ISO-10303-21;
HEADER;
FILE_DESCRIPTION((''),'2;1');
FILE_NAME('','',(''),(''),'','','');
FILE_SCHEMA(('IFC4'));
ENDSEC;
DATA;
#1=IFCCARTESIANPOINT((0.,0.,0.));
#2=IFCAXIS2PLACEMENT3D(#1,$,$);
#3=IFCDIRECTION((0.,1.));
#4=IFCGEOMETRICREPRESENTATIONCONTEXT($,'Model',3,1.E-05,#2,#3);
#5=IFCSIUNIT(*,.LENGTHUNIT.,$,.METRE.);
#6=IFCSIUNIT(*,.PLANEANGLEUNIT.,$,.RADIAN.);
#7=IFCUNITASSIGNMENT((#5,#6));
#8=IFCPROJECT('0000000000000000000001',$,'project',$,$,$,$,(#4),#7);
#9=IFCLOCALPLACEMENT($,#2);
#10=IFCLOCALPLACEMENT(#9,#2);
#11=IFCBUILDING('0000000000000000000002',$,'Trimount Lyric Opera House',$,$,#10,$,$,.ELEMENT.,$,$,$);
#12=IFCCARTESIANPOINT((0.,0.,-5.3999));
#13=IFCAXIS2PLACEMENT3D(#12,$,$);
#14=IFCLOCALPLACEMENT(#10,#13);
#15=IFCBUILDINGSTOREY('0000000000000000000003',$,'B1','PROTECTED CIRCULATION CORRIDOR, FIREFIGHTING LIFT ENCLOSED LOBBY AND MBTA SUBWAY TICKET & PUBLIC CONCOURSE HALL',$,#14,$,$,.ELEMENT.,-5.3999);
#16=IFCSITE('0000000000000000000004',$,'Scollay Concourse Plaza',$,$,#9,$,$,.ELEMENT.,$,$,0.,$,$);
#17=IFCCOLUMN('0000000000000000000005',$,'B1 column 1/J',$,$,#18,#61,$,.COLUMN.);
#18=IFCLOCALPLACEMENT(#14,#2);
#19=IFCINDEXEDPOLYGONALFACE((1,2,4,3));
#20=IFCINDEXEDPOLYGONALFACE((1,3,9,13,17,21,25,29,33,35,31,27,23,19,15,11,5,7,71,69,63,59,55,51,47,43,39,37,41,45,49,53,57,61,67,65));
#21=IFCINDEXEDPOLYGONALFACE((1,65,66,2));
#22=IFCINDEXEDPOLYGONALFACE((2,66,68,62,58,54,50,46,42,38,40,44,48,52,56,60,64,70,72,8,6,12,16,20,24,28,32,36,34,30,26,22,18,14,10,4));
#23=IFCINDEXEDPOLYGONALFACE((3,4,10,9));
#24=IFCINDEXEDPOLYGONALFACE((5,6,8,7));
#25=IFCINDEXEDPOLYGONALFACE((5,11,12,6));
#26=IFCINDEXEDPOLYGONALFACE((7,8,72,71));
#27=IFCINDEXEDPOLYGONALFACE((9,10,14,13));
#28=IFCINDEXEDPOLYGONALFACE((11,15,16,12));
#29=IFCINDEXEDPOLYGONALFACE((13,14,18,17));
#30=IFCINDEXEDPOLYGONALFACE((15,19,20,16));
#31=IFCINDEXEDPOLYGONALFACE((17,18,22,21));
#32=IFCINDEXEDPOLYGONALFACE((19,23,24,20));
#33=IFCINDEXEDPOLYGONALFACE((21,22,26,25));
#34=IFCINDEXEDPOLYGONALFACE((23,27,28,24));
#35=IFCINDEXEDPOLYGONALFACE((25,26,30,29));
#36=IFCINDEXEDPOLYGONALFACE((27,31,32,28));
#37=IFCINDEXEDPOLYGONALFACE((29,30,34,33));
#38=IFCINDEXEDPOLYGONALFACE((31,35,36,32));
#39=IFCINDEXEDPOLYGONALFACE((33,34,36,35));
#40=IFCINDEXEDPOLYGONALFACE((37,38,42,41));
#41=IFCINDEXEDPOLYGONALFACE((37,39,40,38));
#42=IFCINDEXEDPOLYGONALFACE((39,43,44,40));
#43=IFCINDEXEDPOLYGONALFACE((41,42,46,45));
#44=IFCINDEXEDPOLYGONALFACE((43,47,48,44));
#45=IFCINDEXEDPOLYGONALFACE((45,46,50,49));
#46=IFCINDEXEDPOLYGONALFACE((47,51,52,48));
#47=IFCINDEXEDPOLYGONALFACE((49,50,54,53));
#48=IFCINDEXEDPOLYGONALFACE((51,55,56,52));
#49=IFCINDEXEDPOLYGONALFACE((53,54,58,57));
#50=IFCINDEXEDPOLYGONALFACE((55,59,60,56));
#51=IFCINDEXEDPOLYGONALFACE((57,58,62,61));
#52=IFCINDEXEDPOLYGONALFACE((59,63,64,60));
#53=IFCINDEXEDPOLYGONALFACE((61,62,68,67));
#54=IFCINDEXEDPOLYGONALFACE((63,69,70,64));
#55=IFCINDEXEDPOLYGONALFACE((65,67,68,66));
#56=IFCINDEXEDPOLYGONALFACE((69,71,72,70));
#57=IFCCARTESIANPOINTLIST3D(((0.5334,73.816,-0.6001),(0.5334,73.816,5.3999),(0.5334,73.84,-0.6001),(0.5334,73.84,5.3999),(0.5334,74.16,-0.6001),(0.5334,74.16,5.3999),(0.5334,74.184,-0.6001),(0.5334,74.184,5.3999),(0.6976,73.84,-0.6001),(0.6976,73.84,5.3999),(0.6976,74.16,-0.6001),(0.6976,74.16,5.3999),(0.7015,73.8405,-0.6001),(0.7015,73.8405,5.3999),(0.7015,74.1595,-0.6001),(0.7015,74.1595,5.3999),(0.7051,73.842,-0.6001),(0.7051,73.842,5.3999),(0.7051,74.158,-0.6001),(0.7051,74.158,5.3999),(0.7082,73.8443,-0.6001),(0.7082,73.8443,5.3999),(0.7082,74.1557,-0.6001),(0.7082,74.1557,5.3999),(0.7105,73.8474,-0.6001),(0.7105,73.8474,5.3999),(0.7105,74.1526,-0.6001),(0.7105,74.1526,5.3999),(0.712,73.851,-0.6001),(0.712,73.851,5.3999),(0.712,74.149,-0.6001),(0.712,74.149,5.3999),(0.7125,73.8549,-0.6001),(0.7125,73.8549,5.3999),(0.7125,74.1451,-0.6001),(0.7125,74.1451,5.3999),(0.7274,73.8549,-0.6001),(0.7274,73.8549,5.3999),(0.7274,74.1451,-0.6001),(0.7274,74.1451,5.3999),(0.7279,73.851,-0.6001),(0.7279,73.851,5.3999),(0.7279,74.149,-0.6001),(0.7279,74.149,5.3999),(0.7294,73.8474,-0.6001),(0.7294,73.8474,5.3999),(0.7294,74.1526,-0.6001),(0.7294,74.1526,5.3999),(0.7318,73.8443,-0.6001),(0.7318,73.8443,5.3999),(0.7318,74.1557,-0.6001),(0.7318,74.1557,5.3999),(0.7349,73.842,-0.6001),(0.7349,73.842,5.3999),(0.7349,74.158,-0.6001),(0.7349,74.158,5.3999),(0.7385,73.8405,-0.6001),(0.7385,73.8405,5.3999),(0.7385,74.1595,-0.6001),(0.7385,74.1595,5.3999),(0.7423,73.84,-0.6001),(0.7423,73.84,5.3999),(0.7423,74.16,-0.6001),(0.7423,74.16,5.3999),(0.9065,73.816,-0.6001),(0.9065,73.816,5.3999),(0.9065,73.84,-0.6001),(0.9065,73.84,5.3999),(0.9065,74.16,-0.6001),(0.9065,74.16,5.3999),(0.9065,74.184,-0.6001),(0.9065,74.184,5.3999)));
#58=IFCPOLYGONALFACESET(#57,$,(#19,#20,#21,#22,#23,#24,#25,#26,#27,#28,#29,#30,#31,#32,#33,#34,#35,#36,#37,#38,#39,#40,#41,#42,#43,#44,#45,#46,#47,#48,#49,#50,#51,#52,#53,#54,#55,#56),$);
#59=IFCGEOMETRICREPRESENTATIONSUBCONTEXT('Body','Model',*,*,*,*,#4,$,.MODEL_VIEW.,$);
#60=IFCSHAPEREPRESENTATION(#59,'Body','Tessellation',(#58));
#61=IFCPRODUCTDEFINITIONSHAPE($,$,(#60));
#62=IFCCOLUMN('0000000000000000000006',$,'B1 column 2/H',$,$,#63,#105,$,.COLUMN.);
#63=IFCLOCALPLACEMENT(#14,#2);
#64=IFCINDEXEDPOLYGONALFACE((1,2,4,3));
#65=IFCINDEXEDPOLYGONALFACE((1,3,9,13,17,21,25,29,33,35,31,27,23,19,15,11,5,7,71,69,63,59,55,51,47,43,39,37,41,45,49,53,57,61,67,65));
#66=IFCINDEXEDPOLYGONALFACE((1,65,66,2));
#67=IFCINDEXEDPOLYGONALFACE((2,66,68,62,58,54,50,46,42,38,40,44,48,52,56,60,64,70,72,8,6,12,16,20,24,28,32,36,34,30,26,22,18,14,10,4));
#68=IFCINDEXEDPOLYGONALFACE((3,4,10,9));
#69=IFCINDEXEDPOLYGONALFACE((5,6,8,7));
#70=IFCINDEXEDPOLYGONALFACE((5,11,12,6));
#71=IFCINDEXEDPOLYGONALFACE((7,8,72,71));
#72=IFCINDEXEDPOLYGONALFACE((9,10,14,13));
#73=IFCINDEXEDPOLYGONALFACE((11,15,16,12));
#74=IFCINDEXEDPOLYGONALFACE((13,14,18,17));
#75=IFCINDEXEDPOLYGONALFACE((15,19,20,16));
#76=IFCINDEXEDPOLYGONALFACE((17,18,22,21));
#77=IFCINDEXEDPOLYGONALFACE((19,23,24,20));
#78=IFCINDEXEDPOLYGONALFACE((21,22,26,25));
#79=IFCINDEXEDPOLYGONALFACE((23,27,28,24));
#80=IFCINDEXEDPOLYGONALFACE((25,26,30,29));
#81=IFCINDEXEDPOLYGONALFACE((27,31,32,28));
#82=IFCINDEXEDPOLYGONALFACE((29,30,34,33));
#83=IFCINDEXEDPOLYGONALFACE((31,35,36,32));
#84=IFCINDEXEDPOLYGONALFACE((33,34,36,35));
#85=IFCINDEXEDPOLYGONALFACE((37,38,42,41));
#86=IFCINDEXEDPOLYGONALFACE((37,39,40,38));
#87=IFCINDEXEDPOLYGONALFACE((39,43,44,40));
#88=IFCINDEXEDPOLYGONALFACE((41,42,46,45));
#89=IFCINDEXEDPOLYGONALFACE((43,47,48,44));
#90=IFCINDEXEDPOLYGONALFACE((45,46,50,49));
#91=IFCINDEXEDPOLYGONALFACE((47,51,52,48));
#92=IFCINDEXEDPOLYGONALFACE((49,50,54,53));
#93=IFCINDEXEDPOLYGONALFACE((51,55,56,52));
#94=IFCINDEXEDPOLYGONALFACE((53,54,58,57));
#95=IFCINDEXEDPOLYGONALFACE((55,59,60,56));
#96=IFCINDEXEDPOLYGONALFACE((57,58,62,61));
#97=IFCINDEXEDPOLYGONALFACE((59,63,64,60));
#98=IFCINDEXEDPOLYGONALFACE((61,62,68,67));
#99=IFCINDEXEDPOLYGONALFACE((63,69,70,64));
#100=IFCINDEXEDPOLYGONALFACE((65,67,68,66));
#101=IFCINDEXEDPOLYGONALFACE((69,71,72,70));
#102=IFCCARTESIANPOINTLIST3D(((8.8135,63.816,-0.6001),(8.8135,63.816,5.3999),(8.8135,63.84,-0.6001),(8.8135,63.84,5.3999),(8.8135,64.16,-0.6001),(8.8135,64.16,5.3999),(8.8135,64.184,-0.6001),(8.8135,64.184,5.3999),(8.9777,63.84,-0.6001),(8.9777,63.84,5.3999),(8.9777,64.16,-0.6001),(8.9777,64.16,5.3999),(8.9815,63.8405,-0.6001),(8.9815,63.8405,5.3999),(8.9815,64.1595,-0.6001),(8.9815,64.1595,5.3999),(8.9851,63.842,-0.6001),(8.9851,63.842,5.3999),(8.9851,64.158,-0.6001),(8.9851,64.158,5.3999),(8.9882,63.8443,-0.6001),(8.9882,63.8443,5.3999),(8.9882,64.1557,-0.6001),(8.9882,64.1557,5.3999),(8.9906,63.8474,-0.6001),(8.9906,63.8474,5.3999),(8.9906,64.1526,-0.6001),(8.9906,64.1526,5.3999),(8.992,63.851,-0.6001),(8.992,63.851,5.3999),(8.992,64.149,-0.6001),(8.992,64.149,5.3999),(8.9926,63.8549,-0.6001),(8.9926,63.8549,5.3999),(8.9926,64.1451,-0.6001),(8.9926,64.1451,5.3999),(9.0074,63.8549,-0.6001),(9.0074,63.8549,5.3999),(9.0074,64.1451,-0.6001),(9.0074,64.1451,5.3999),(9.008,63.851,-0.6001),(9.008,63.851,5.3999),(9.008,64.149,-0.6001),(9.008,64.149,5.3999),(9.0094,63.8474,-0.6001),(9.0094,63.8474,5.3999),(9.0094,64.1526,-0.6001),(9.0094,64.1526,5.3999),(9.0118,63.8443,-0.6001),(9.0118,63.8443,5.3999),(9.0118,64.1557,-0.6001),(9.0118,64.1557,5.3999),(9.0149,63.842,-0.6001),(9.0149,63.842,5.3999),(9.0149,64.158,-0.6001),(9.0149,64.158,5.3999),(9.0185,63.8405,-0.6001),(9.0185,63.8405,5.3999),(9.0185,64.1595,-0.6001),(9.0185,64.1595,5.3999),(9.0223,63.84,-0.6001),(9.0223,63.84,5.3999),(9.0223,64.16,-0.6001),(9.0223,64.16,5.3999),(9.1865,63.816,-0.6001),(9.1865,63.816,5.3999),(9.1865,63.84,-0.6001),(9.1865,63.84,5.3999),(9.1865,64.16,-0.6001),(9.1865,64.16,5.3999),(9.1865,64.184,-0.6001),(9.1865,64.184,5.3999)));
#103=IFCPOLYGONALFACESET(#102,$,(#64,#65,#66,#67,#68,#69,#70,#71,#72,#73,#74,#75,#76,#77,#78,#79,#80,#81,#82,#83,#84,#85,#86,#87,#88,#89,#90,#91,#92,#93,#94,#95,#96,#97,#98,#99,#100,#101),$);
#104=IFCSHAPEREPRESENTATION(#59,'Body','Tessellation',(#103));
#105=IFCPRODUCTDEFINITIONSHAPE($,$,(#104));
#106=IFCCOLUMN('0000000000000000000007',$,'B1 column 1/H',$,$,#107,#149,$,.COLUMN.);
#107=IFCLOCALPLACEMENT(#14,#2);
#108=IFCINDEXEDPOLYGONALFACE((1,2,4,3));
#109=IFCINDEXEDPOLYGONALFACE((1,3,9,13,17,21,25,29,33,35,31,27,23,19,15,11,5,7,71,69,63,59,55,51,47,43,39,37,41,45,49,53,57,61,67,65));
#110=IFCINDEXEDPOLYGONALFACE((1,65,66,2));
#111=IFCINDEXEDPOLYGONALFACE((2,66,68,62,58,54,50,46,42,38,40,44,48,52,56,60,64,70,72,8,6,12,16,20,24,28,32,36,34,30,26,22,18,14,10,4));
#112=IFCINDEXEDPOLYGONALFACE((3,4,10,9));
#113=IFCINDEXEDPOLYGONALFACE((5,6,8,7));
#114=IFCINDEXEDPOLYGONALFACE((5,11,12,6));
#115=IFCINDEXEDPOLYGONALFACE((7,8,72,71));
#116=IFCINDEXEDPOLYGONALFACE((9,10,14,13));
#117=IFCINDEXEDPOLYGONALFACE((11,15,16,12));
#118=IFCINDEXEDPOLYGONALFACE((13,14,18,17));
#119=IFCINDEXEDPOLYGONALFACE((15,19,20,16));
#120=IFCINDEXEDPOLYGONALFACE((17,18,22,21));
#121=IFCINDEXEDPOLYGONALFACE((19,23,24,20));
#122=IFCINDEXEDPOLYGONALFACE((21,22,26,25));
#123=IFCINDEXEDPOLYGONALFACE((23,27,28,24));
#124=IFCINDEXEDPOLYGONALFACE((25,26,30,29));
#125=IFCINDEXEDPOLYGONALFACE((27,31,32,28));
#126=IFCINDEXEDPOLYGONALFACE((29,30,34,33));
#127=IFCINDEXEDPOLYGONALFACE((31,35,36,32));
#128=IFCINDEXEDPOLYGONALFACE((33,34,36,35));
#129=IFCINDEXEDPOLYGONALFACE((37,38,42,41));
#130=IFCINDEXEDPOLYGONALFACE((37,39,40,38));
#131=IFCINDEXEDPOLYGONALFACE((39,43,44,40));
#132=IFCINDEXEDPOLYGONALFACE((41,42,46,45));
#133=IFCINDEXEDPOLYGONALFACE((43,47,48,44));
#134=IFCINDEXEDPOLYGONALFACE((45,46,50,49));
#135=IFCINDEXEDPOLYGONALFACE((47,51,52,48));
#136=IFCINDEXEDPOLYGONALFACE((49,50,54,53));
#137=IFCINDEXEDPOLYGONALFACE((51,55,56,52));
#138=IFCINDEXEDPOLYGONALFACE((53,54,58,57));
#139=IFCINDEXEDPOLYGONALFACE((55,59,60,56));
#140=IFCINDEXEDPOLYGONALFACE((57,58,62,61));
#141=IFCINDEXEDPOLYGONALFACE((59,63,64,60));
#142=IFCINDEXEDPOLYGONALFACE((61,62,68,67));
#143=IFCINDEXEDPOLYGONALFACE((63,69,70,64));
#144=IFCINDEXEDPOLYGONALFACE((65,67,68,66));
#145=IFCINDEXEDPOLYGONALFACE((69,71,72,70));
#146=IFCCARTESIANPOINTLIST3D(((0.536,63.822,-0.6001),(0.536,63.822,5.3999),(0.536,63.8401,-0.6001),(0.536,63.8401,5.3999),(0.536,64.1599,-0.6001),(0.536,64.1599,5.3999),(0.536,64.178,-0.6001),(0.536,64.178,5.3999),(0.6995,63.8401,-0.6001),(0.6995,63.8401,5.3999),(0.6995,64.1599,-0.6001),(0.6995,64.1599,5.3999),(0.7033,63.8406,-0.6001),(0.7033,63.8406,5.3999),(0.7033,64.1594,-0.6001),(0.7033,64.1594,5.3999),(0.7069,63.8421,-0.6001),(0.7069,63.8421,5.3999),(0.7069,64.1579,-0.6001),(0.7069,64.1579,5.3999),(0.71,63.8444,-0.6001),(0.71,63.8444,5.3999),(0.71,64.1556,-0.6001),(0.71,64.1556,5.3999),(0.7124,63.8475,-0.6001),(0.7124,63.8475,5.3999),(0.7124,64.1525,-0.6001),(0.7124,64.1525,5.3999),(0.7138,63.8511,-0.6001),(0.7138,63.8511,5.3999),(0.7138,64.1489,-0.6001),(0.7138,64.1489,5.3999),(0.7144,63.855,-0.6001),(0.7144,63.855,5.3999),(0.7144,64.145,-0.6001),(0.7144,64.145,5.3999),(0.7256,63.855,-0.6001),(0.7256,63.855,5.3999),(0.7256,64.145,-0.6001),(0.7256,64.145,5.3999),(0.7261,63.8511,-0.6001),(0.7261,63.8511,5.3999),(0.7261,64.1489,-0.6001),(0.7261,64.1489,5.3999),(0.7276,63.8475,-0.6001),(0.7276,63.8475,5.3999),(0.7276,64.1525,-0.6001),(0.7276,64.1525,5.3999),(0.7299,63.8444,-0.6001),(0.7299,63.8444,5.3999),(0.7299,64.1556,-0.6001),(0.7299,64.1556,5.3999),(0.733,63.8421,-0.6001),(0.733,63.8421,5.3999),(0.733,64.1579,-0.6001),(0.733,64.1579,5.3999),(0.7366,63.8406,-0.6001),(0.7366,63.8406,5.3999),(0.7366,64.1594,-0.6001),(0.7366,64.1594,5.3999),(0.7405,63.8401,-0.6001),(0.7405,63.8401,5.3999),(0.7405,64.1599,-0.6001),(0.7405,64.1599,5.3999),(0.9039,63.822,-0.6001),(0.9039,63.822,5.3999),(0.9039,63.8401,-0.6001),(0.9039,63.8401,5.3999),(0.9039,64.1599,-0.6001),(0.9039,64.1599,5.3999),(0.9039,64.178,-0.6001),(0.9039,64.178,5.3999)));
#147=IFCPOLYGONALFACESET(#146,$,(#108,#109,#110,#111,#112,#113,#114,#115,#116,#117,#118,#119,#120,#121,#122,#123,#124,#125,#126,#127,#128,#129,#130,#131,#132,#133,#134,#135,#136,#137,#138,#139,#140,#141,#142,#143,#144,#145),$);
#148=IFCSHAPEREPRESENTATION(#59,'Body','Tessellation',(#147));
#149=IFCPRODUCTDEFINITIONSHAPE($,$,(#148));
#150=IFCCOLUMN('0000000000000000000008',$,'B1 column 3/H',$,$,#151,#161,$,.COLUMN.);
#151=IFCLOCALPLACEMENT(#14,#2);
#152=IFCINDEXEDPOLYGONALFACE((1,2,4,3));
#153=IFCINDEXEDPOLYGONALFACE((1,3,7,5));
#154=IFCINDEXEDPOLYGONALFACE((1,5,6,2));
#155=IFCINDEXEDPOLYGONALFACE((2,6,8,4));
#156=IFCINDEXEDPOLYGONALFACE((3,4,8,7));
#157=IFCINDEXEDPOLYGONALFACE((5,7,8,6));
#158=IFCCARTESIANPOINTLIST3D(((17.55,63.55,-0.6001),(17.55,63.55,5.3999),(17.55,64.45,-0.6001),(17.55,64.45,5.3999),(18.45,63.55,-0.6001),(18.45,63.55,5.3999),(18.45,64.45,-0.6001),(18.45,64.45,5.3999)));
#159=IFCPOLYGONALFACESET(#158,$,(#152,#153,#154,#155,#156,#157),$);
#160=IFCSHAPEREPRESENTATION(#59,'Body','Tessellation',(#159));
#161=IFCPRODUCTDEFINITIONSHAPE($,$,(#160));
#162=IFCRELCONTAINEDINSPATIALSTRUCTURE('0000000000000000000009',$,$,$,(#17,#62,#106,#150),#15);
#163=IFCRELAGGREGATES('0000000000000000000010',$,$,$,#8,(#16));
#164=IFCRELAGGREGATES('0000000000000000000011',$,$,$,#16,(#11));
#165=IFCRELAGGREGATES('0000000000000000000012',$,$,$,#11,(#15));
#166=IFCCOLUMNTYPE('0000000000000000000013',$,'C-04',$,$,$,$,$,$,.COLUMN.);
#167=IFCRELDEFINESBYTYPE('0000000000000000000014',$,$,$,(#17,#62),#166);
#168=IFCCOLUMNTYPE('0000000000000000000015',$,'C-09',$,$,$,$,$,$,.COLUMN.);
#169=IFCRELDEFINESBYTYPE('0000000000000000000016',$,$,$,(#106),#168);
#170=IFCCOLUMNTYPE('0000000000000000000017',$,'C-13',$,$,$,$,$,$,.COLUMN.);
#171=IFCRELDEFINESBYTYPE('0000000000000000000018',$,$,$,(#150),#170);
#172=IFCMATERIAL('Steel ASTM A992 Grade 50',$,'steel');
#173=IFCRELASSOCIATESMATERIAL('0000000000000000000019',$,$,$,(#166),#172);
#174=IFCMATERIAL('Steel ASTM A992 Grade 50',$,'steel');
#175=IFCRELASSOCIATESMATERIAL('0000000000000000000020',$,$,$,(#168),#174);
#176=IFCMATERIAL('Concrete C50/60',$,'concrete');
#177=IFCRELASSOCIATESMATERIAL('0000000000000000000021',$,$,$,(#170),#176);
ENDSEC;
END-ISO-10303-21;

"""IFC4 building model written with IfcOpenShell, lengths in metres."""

from ifc_helpers import new_model, si_unit, direction, frame, origin, origin_2d, place, context, subcontext, project, spatial, rectangle, i_section, extrude, material, material_profile, profile_set, type_object, element, save


model = new_model("IFC4")

# Units and contexts
model_context = context("Model", 3, precision=1e-05, world=origin(), true_north=direction((0.0, 1.0)))
body_context = subcontext(model_context, "Body", "Model", "MODEL_VIEW")
ifc_project = project(units=[si_unit("LENGTHUNIT", "METRE"), si_unit("PLANEANGLEUNIT", "RADIAN")], contexts=[model_context])

# Site, building, storey
site_placement = place(None, origin())
site = spatial("IfcSite", under=ifc_project, at=site_placement, Name="Scollay Concourse Plaza", CompositionType="ELEMENT", RefElevation=0.0)
building_placement = place(site_placement, origin())
building = spatial("IfcBuilding", under=site, at=building_placement, Name="Trimount Lyric Opera House", CompositionType="ELEMENT")
storey_placement = place(building_placement, frame((0.0, 0.0, -5.3999)))
storey = spatial("IfcBuildingStorey", under=building, at=storey_placement, Name="B1", Description="PROTECTED CIRCULATION CORRIDOR, FIREFIGHTING LIFT ENCLOSED LOBBY AND MBTA SUBWAY TICKET & PUBLIC CONCOURSE HALL", CompositionType="ELEMENT", Elevation=-5.3999)

# Columns
ifc_material_1 = material(Name="Steel ASTM A992 Grade 50", Category="steel")
ifc_material_profile_1 = material_profile(ifc_material_1, i_section(OverallWidth=0.373, OverallDepth=0.3679, WebThickness=0.0149, FlangeThickness=0.0239, FilletRadius=0.0149, at=origin_2d()), Name="W14X120")
ifc_profile_set_1 = profile_set([ifc_material_profile_1], Name="Steel ASTM A992 Grade 50")
column_type_1 = type_object("IfcColumnType", Name="C-04", PredefinedType="COLUMN", material=ifc_profile_set_1)
for number, where, z_axis, x_axis, name in (
    (1, (0.72, 74.0, -0.6001), (0.0, 0.0, 1.0), (1.0, 0.0, 0.0), "B1 column 1/J"),
    (2, (9.0, 64.0, -0.6001), (0.0, 0.0, 1.0), (1.0, 0.0, 0.0), "B1 column 2/H"),
):
    element("IfcColumn", number, at=place(storey_placement, frame(where, z_axis=z_axis, x_axis=x_axis)), inside=storey, type_object=column_type_1, Name=name, PredefinedType="COLUMN", context=body_context, shape_type="SweptSolid", body=[
        extrude(i_section(OverallWidth=0.373, OverallDepth=0.3679, WebThickness=0.0149, FlangeThickness=0.0239, FilletRadius=0.0149, at=origin_2d()), origin(), (0.0, 0.0, 1.0), 6.0),
    ])
ifc_material_2 = material(Name="Steel ASTM A992 Grade 50", Category="steel")
ifc_material_profile_2 = material_profile(ifc_material_2, i_section(OverallWidth=0.3679, OverallDepth=0.356, WebThickness=0.0112, FlangeThickness=0.0181, FilletRadius=0.0149, at=origin_2d()), Name="W14X90")
ifc_profile_set_2 = profile_set([ifc_material_profile_2], Name="Steel ASTM A992 Grade 50")
column_type_2 = type_object("IfcColumnType", Name="C-09", PredefinedType="COLUMN", material=ifc_profile_set_2)
column_1_placement = place(storey_placement, frame((0.72, 64.0, -0.6001), z_axis=(0.0, 0.0, 1.0), x_axis=(1.0, 0.0, 0.0)))
element("IfcColumn", 3, at=column_1_placement, inside=storey, type_object=column_type_2, Name="B1 column 1/H", PredefinedType="COLUMN", context=body_context, shape_type="SweptSolid", body=[
    extrude(i_section(OverallWidth=0.3679, OverallDepth=0.356, WebThickness=0.0112, FlangeThickness=0.0181, FilletRadius=0.0149, at=origin_2d()), origin(), (0.0, 0.0, 1.0), 6.0),
])
ifc_material_3 = material(Name="Concrete C50/60", Category="concrete")
ifc_material_profile_3 = material_profile(ifc_material_3, rectangle(XDim=0.8999, YDim=0.8999, at=origin_2d()), Name="RC900X900")
ifc_profile_set_3 = profile_set([ifc_material_profile_3], Name="Concrete C50/60")
column_type_3 = type_object("IfcColumnType", Name="C-13", PredefinedType="COLUMN", material=ifc_profile_set_3)
column_2_placement = place(storey_placement, frame((18.0, 64.0, -0.6001), z_axis=(0.0, 0.0, 1.0), x_axis=(1.0, 0.0, 0.0)))
element("IfcColumn", 4, at=column_2_placement, inside=storey, type_object=column_type_3, Name="B1 column 3/H", PredefinedType="COLUMN", context=body_context, shape_type="SweptSolid", body=[
    extrude(rectangle(XDim=0.8999, YDim=0.8999, at=origin_2d()), origin(), (0.0, 0.0, 1.0), 6.0),
])

save(model, "model.ifc")
